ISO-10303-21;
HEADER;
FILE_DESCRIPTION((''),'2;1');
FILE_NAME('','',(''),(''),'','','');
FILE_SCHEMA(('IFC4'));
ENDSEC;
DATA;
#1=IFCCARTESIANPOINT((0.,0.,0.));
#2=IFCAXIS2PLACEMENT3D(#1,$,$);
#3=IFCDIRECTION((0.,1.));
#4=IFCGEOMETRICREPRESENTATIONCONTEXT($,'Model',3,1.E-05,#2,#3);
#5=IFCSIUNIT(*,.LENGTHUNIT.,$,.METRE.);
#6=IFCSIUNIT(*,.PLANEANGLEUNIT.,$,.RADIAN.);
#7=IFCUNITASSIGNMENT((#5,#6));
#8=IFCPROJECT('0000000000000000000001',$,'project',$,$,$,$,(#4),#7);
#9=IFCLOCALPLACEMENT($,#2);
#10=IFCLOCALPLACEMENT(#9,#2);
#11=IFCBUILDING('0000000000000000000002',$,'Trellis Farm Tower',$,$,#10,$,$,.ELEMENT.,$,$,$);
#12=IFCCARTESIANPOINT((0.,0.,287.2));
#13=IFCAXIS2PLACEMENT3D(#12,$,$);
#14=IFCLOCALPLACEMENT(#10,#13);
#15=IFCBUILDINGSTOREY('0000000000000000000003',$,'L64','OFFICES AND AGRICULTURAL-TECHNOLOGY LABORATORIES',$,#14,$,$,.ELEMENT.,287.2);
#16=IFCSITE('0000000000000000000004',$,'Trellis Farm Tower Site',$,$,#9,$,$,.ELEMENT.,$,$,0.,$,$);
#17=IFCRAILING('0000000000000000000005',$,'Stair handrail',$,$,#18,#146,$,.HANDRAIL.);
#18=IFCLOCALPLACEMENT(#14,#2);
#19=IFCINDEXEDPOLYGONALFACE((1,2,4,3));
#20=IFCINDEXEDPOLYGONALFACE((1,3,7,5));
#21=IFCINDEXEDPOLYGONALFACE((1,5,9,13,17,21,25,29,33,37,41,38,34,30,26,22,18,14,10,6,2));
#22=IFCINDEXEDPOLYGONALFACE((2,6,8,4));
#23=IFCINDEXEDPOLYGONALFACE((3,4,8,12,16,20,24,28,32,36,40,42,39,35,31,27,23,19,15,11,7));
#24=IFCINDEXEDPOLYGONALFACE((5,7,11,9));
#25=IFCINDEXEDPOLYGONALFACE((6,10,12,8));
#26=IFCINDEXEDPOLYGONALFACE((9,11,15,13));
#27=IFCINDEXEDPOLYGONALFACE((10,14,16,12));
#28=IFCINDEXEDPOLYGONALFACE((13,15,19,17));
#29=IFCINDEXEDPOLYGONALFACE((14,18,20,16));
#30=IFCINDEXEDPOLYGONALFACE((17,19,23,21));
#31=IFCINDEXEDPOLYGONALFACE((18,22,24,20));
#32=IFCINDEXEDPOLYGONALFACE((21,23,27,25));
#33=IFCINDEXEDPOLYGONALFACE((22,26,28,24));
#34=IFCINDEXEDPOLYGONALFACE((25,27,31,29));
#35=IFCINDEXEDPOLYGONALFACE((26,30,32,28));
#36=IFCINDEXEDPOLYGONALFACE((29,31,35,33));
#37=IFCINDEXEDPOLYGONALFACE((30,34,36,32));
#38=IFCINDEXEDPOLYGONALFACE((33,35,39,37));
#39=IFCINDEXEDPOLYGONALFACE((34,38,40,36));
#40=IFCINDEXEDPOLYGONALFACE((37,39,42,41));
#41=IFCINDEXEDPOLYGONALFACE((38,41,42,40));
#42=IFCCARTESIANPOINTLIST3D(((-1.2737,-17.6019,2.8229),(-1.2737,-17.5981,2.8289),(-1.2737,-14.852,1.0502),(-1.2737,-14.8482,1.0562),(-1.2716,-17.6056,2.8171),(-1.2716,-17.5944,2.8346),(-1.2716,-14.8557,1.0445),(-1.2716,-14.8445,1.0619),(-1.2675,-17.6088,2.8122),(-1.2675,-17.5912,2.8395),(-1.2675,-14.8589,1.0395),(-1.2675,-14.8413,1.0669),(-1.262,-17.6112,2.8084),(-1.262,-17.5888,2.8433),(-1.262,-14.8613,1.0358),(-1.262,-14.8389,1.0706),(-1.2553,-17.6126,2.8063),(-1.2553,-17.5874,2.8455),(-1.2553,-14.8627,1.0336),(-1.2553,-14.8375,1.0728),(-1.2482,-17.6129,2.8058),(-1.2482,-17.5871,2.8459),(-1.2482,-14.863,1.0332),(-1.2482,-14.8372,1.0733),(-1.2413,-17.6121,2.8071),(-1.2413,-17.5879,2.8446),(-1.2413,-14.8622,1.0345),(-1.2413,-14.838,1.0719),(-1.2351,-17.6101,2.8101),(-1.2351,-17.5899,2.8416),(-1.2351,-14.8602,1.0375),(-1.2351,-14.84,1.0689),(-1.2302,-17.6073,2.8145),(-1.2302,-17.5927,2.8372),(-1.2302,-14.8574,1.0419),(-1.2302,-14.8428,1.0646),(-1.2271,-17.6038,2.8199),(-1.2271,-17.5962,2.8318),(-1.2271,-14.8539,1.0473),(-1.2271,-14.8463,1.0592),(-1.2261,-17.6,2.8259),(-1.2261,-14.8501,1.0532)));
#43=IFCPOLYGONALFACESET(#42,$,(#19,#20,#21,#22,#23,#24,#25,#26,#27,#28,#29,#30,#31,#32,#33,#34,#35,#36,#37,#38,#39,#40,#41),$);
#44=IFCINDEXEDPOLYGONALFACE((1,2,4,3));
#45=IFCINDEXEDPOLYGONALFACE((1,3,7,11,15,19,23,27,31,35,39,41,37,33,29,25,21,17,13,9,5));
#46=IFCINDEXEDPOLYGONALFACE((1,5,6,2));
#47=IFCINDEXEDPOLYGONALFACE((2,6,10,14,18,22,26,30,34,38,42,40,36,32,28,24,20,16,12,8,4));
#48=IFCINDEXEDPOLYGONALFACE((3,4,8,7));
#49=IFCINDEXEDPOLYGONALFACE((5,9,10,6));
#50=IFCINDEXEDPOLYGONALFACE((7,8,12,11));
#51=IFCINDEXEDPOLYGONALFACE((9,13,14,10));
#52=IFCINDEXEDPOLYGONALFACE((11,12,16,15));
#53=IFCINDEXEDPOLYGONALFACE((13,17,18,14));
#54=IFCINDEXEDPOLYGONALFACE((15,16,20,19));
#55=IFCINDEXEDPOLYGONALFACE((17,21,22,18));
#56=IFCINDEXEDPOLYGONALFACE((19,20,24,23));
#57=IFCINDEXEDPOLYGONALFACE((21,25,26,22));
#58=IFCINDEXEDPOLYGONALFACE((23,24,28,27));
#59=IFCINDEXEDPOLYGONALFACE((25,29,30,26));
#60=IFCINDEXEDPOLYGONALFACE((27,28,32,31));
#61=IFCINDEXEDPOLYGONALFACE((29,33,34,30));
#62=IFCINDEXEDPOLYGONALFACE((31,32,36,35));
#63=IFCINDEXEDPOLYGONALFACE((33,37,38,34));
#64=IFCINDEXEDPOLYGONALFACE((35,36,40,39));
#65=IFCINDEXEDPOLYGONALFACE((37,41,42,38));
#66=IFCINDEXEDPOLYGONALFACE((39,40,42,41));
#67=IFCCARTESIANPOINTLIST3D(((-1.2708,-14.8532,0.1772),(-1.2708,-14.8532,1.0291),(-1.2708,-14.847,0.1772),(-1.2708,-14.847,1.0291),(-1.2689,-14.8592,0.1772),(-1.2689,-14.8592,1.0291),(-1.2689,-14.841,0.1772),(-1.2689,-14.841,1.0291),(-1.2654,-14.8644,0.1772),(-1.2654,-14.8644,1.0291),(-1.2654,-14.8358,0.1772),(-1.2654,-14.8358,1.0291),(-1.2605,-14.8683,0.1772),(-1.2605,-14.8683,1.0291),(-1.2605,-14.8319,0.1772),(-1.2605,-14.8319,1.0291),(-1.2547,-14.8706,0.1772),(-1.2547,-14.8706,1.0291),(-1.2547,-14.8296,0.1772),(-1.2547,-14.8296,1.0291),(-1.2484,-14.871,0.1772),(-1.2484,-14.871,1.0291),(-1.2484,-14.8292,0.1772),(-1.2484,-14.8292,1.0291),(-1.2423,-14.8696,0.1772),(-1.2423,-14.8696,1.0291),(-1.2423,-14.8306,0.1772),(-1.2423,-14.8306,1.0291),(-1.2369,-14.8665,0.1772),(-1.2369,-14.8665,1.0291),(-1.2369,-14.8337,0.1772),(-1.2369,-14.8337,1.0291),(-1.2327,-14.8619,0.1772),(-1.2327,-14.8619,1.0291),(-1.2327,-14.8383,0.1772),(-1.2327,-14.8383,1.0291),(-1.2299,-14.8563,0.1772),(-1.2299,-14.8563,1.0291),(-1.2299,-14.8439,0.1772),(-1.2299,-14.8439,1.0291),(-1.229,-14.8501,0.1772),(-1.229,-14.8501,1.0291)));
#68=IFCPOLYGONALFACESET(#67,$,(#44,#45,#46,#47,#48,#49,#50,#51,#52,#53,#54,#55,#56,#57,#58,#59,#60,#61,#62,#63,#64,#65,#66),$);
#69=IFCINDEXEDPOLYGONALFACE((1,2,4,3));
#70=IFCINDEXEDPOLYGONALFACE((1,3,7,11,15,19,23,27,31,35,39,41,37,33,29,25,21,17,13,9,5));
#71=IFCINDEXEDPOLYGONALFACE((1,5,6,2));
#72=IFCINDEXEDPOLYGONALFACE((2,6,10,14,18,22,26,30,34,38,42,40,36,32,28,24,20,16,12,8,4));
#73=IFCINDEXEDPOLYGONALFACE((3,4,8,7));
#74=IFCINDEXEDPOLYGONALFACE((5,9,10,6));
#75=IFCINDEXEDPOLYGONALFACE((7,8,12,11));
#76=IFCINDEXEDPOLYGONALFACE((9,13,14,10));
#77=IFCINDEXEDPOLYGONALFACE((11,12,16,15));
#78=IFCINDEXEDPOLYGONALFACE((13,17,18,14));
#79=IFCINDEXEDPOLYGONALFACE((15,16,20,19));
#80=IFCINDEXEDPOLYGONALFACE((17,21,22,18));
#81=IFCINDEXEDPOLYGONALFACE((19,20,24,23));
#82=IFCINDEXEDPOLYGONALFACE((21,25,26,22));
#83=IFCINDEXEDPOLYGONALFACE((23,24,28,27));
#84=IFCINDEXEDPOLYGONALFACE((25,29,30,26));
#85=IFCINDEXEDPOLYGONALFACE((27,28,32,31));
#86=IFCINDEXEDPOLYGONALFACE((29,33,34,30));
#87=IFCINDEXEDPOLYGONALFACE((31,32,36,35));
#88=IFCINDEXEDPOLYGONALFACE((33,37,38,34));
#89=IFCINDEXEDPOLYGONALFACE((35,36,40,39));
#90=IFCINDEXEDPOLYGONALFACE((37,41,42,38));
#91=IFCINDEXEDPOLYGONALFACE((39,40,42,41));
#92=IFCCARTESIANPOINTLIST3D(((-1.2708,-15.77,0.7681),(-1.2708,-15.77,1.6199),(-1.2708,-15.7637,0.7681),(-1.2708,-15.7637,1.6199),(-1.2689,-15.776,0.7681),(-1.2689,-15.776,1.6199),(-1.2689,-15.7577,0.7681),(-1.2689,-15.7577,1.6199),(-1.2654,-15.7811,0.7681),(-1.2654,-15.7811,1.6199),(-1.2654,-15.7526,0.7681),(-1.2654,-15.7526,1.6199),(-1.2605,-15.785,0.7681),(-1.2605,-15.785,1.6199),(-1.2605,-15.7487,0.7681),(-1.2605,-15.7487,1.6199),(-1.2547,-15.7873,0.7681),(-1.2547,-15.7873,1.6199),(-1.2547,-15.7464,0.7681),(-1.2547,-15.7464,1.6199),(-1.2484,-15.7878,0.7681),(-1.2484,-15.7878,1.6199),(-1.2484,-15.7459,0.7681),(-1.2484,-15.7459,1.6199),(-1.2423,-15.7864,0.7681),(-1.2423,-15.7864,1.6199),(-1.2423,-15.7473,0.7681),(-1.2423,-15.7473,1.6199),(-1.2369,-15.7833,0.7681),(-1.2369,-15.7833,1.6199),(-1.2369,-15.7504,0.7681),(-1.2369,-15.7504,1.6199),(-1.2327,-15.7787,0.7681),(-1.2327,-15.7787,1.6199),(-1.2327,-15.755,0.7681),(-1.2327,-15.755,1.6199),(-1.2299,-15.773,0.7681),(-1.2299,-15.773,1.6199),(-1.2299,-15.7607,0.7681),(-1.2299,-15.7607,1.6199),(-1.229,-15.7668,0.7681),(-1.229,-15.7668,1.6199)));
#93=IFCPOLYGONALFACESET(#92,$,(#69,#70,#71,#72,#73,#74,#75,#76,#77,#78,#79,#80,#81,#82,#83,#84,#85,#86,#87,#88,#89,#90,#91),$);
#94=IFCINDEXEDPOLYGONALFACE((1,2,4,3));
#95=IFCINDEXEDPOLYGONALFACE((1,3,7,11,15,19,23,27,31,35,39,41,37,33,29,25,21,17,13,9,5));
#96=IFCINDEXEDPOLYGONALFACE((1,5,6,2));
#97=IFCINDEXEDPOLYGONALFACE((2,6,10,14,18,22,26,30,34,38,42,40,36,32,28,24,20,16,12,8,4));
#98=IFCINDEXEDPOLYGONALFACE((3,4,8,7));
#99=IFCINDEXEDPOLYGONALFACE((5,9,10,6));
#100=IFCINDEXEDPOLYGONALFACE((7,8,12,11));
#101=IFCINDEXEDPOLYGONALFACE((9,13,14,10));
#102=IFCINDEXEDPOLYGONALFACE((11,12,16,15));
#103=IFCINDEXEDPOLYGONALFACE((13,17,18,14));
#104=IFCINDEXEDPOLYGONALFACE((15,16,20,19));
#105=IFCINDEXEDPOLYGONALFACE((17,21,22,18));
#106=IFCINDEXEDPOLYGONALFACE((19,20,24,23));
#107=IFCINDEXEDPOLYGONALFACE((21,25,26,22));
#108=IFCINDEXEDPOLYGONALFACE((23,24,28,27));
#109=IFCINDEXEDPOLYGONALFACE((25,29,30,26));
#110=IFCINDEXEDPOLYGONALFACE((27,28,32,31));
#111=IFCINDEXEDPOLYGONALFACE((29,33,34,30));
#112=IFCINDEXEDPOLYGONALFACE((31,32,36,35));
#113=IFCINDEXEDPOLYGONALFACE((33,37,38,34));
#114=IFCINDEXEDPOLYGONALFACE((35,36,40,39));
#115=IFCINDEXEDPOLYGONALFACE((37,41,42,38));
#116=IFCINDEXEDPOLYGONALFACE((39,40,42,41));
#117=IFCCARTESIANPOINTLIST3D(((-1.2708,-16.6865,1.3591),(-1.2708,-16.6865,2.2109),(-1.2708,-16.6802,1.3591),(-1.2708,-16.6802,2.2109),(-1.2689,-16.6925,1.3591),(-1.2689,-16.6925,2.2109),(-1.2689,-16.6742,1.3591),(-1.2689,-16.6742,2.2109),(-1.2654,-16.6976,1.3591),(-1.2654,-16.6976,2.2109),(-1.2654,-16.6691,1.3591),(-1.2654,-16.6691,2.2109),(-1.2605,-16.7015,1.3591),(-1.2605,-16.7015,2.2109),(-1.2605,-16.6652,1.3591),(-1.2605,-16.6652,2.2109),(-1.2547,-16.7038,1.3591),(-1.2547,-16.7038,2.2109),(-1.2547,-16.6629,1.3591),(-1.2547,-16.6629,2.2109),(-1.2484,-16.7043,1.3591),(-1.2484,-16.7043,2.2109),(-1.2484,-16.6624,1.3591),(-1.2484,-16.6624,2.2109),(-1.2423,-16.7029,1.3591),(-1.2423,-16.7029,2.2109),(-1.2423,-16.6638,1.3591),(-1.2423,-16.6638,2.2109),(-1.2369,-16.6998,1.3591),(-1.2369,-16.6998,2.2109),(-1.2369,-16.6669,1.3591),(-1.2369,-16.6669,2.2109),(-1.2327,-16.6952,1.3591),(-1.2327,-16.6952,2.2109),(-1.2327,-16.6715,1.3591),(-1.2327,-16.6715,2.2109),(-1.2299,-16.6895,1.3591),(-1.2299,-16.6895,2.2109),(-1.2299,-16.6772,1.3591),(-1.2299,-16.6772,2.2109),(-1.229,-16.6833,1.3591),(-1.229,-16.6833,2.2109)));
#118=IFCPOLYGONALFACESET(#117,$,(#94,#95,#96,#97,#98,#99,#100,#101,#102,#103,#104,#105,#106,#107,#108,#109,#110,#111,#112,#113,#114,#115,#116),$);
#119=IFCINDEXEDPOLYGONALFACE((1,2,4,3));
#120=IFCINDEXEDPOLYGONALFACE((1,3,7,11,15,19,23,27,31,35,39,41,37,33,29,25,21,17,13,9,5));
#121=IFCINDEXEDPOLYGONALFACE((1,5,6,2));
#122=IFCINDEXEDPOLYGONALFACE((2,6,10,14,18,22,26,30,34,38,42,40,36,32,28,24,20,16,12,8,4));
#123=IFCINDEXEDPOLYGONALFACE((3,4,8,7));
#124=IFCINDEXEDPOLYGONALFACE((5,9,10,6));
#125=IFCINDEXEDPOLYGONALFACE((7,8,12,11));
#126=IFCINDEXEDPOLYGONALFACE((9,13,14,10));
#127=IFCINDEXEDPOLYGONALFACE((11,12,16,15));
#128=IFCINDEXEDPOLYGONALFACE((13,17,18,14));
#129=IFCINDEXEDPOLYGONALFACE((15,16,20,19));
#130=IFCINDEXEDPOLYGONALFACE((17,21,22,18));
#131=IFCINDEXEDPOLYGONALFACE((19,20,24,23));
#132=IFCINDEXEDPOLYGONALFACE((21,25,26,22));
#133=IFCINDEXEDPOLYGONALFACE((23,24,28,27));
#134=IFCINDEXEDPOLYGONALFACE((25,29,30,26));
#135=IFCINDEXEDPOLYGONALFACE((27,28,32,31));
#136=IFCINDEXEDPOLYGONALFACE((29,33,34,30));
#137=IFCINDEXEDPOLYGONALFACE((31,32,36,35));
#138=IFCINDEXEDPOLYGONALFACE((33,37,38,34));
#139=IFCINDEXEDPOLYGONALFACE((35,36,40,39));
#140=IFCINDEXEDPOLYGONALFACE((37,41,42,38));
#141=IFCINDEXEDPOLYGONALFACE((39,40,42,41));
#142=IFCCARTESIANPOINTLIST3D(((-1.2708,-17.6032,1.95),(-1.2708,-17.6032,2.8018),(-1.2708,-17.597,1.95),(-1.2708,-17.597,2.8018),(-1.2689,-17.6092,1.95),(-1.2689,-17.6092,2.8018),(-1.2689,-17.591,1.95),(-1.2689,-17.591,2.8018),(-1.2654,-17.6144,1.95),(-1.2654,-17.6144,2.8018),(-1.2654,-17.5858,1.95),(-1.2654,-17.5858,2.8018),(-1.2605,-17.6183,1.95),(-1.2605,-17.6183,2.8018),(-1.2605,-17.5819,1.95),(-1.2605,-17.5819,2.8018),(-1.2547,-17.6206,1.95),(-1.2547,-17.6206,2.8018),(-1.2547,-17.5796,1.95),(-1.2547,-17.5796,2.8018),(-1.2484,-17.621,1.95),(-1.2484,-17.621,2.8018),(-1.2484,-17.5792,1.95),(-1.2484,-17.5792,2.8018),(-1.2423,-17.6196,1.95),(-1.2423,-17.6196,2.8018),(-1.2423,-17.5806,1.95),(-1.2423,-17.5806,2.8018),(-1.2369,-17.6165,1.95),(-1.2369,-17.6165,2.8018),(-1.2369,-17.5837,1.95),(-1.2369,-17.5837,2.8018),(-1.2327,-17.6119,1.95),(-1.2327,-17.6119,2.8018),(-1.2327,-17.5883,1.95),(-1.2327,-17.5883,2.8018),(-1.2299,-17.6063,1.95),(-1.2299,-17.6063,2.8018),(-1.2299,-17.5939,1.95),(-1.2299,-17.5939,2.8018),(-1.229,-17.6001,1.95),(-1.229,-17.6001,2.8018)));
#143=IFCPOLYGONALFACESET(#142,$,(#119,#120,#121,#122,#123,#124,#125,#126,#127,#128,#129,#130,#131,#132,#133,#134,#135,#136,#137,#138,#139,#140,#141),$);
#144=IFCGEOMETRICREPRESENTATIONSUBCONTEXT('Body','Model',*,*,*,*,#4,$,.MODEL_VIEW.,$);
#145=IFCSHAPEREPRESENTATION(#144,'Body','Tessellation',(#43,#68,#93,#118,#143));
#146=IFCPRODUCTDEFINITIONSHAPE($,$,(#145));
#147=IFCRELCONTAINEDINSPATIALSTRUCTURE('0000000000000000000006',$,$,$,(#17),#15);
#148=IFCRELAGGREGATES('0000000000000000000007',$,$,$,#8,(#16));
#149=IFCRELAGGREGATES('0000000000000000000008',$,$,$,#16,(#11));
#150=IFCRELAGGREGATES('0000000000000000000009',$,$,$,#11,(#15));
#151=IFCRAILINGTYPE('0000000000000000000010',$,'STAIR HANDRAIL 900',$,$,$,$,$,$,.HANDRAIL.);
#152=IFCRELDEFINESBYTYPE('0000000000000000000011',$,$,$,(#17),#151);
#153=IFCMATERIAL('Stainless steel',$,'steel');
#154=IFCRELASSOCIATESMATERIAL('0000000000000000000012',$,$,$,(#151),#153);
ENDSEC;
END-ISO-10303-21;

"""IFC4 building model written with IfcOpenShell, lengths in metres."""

from ifc_helpers import new_model, si_unit, direction, frame, origin, origin_2d, place, context, subcontext, project, spatial, circle, extrude, source, transform, mapped, material, type_object, element, save


model = new_model("IFC4")

# Units and contexts
model_context = context("Model", 3, precision=1e-05, world=origin(), true_north=direction((0.0, 1.0)))
body_context = subcontext(model_context, "Body", "Model", "MODEL_VIEW")
ifc_project = project(units=[si_unit("LENGTHUNIT", "METRE"), si_unit("PLANEANGLEUNIT", "RADIAN")], contexts=[model_context])

# Site, building, storey
site_placement = place(None, origin())
site = spatial("IfcSite", under=ifc_project, at=site_placement, Name="Trellis Farm Tower Site", CompositionType="ELEMENT", RefElevation=0.0)
building_placement = place(site_placement, origin())
building = spatial("IfcBuilding", under=site, at=building_placement, Name="Trellis Farm Tower", CompositionType="ELEMENT")
storey_placement = place(building_placement, frame((0.0, 0.0, 287.2)))
storey = spatial("IfcBuildingStorey", under=building, at=storey_placement, Name="L64", Description="OFFICES AND AGRICULTURAL-TECHNOLOGY LABORATORIES", CompositionType="ELEMENT", Elevation=287.2)

# Railing
ifc_material_1 = material(Name="Stainless steel", Category="steel")
railing_type = type_object("IfcRailingType", Name="STAIR HANDRAIL 900", PredefinedType="HANDRAIL", material=ifc_material_1)
shared_shape_1 = source(origin(), body_context, "Body", "SweptSolid", [
    extrude(circle(Radius=0.0239, at=origin_2d()), frame((0.0, 0.0, 0.876), z_axis=(0.0, -0.840504, 0.541806), x_axis=(1.0, 0.0, 0.0)), (0.0, 0.0, 1.0), 3.2717),
    extrude(circle(Radius=0.021, at=origin_2d()), origin(), (0.0, 0.0, 1.0), 0.8518),
    extrude(circle(Radius=0.021, at=origin_2d()), frame((0.0, -0.9167, 0.5908)), (0.0, 0.0, 1.0), 0.8518),
    extrude(circle(Radius=0.021, at=origin_2d()), frame((0.0, -1.8333, 1.1819)), (0.0, 0.0, 1.0), 0.8518),
    extrude(circle(Radius=0.021, at=origin_2d()), frame((0.0, -2.75, 1.7727)), (0.0, 0.0, 1.0), 0.8518),
])
railing_placement = place(storey_placement, frame((-1.25, -14.8501, 0.1772)))
element("IfcRailing", 1, at=railing_placement, inside=storey, type_object=railing_type, Name="Stair handrail", PredefinedType="HANDRAIL", context=body_context, shape_type="MappedRepresentation", body=[
    mapped(shared_shape_1, transform((0.0, 0.0, 0.0))),
])

save(model, "model.ifc")
